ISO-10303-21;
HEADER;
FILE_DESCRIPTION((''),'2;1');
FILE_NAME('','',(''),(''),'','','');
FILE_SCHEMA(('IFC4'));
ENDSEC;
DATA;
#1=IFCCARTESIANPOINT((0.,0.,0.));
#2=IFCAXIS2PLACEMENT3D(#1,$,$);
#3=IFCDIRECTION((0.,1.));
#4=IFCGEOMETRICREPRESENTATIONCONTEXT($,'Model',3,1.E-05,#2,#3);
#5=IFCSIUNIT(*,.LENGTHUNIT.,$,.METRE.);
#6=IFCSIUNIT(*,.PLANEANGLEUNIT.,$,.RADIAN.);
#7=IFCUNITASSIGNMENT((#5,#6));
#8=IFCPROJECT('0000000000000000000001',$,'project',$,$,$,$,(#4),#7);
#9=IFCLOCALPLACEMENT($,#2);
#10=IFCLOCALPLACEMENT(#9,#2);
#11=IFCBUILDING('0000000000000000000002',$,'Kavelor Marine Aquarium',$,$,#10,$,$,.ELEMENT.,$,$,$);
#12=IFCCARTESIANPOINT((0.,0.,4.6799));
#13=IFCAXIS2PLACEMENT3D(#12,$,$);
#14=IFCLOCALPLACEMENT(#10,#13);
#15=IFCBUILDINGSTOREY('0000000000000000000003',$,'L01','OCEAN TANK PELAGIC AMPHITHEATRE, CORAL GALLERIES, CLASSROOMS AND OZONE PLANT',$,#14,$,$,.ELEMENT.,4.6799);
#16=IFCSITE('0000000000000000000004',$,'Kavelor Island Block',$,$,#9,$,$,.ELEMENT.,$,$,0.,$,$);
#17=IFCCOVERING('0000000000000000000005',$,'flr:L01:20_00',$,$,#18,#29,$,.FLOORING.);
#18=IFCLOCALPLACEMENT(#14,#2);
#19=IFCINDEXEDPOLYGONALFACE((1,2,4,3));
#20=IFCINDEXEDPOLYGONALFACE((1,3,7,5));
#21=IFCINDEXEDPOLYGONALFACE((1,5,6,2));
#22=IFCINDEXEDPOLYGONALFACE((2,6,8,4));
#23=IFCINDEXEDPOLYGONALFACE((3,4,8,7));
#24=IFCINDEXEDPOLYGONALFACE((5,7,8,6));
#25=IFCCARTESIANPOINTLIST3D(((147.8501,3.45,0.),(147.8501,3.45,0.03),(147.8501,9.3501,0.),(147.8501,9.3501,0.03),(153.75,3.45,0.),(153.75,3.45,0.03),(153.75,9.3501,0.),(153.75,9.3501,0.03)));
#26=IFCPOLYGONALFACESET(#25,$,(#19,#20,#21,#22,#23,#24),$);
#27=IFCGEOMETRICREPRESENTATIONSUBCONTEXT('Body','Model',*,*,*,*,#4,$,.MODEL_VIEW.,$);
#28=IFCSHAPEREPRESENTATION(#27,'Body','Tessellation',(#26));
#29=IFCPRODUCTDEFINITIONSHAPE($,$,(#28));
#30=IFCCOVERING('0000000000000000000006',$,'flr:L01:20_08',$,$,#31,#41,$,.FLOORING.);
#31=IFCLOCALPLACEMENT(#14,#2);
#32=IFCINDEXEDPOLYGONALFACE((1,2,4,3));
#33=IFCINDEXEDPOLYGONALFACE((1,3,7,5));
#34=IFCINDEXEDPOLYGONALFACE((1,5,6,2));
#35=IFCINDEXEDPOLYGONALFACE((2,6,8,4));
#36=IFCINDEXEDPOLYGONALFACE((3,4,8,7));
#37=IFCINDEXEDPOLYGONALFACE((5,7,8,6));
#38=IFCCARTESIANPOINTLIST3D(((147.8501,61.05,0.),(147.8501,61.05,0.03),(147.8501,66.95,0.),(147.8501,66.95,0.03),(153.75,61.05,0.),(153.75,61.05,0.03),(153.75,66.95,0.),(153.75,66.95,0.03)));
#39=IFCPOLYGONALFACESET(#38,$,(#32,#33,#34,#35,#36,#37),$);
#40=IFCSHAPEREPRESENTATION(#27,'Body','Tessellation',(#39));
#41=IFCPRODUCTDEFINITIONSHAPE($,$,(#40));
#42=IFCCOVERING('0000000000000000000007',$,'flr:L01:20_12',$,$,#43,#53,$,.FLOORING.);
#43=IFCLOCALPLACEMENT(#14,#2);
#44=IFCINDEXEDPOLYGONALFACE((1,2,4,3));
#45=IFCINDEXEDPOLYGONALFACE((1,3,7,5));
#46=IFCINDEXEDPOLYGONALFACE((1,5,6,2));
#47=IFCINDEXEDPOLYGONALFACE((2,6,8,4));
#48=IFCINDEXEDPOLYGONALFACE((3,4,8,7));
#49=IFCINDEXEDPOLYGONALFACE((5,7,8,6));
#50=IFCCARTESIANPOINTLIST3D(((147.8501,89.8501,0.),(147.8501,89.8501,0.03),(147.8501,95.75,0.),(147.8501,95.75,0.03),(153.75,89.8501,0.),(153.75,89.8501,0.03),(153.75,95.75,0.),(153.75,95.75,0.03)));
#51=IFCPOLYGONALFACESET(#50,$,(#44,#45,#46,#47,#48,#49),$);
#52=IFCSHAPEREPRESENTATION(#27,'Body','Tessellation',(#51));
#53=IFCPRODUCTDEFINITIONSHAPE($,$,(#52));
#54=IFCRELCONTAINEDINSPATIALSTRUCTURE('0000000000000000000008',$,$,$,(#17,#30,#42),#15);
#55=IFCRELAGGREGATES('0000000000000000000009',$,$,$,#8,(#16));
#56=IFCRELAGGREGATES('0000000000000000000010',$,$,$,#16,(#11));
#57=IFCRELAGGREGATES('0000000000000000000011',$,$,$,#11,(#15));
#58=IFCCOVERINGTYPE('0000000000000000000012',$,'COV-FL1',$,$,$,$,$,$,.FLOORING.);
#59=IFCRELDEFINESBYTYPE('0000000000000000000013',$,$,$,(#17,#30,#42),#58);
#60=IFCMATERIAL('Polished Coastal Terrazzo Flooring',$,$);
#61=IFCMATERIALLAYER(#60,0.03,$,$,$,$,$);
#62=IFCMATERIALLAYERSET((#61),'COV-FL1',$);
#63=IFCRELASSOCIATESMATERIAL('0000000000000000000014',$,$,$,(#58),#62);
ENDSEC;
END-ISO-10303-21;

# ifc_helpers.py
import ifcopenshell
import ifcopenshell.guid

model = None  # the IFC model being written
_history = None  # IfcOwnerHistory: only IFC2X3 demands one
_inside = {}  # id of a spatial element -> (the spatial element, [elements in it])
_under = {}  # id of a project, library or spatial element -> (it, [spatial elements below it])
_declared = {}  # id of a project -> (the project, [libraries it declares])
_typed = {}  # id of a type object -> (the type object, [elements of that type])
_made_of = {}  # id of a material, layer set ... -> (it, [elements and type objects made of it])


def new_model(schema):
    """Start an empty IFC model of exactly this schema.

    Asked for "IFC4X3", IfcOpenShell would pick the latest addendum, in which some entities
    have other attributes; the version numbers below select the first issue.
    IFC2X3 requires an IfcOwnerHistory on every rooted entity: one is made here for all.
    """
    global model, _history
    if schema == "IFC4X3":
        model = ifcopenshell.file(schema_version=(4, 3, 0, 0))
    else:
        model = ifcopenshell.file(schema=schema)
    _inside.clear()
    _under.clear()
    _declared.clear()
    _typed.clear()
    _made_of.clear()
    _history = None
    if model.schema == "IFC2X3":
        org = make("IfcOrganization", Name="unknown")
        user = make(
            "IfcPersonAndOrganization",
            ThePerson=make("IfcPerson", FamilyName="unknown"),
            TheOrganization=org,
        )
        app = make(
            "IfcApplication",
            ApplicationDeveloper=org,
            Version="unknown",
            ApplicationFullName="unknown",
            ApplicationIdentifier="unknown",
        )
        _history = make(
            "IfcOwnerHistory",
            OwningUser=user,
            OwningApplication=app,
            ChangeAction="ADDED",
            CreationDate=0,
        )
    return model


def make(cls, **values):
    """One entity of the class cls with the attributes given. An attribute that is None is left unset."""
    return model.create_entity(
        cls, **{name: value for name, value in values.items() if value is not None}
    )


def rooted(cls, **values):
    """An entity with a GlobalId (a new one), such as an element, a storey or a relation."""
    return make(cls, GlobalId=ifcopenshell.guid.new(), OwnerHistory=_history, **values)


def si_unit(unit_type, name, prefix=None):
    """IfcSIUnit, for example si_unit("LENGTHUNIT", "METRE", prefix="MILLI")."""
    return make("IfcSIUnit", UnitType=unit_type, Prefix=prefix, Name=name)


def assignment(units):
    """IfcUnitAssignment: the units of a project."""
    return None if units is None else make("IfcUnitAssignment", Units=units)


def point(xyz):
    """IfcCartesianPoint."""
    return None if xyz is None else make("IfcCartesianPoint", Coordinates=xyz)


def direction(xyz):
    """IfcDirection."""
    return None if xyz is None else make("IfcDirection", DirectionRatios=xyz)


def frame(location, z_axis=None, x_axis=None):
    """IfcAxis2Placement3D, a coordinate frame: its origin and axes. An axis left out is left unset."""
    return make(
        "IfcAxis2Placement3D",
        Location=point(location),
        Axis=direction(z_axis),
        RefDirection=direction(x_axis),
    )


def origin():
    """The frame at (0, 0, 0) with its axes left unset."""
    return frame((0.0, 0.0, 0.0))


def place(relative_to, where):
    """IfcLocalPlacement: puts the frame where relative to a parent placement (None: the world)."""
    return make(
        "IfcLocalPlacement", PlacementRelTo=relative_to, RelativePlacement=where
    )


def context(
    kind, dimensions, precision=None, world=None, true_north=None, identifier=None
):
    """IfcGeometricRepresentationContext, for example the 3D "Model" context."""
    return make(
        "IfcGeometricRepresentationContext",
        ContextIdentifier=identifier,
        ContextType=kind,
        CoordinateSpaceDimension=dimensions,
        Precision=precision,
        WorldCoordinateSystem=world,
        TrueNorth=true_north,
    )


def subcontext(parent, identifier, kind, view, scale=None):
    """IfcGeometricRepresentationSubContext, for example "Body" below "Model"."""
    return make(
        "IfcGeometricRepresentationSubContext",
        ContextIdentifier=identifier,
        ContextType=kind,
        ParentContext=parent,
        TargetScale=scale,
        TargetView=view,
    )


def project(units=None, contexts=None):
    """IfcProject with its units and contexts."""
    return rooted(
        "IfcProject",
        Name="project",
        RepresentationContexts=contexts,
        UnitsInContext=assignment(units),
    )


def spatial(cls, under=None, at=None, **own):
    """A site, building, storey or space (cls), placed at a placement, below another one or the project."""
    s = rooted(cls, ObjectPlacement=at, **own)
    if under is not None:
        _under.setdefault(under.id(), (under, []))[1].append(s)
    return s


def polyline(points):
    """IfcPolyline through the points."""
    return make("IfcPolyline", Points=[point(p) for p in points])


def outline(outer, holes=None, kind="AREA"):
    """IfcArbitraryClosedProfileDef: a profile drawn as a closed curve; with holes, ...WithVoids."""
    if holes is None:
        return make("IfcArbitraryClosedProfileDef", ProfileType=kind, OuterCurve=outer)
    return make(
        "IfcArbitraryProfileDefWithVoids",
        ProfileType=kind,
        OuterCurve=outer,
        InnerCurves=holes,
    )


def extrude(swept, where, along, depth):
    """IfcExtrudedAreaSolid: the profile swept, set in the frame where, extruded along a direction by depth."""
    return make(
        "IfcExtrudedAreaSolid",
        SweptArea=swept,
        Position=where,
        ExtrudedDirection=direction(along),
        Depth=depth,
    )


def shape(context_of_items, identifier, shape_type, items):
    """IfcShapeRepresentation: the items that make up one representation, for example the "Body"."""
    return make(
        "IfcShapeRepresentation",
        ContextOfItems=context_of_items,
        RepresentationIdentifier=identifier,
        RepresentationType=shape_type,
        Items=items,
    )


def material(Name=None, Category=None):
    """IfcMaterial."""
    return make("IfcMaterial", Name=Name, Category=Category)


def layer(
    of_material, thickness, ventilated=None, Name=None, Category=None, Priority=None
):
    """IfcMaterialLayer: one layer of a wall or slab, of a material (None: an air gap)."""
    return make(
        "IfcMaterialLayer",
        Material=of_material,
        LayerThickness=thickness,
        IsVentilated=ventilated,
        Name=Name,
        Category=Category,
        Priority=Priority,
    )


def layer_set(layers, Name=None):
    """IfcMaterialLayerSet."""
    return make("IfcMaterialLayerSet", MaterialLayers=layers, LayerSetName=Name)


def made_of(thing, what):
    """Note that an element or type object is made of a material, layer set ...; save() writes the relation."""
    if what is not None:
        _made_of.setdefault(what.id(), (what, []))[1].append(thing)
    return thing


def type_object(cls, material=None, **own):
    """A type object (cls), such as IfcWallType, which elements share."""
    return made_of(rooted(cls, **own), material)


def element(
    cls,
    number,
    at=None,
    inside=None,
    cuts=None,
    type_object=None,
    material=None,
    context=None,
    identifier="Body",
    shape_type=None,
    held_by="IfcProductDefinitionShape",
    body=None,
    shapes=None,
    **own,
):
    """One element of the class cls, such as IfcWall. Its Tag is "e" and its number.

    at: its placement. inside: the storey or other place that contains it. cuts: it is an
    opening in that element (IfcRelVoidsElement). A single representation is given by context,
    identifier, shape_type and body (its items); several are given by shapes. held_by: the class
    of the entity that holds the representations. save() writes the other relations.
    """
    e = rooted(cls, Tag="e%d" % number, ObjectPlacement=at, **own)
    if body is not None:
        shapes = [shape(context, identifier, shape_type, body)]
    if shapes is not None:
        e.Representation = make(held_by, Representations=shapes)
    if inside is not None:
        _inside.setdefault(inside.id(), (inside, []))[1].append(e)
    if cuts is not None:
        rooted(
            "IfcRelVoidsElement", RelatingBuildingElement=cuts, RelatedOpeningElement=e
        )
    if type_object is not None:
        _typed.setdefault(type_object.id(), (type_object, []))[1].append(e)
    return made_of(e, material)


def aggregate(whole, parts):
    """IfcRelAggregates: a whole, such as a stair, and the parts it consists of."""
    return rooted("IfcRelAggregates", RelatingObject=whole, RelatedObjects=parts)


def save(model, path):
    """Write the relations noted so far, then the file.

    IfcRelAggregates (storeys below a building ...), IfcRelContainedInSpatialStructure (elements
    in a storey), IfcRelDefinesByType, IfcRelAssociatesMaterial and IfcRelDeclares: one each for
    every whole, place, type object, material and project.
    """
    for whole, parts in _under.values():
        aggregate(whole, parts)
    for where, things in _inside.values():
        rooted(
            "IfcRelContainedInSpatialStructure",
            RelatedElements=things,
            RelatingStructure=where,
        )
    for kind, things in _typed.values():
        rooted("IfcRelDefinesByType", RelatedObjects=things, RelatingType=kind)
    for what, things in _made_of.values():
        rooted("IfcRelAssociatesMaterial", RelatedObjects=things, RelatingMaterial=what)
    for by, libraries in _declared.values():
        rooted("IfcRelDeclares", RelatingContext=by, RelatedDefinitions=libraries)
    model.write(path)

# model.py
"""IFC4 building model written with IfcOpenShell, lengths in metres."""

from ifc_helpers import new_model, si_unit, direction, frame, origin, place, context, subcontext, project, spatial, polyline, outline, extrude, material, layer, layer_set, type_object, element, save


model = new_model("IFC4")

# Units and contexts
model_context = context("Model", 3, precision=1e-05, world=origin(), true_north=direction((0.0, 1.0)))
body_context = subcontext(model_context, "Body", "Model", "MODEL_VIEW")
ifc_project = project(units=[si_unit("LENGTHUNIT", "METRE"), si_unit("PLANEANGLEUNIT", "RADIAN")], contexts=[model_context])

# Site, building, storey
site_placement = place(None, origin())
site = spatial("IfcSite", under=ifc_project, at=site_placement, Name="Kavelor Island Block", CompositionType="ELEMENT", RefElevation=0.0)
building_placement = place(site_placement, origin())
building = spatial("IfcBuilding", under=site, at=building_placement, Name="Kavelor Marine Aquarium", CompositionType="ELEMENT")
storey_placement = place(building_placement, frame((0.0, 0.0, 4.6799)))
storey = spatial("IfcBuildingStorey", under=building, at=storey_placement, Name="L01", Description="OCEAN TANK PELAGIC AMPHITHEATRE, CORAL GALLERIES, CLASSROOMS AND OZONE PLANT", CompositionType="ELEMENT", Elevation=4.6799)

# Coverings
ifc_material_1 = material(Name="Polished Coastal Terrazzo Flooring")
ifc_layer_1 = layer(ifc_material_1, 0.03)
ifc_layer_set_1 = layer_set([ifc_layer_1], Name="COV-FL1")
covering_type_1 = type_object("IfcCoveringType", Name="COV-FL1", PredefinedType="FLOORING", material=ifc_layer_set_1)
covering_1_placement = place(storey_placement, origin())
element("IfcCovering", 1, at=covering_1_placement, inside=storey, type_object=covering_type_1, Name="flr:L01:20_00", PredefinedType="FLOORING", context=body_context, shape_type="SweptSolid", body=[
    extrude(outline(polyline([(147.8501, 3.45), (153.75, 3.45), (153.75, 9.3501), (147.8501, 9.3501), (147.8501, 3.45)])), origin(), (0.0, 0.0, 1.0), 0.03),
])
covering_2_placement = place(storey_placement, origin())
element("IfcCovering", 2, at=covering_2_placement, inside=storey, type_object=covering_type_1, Name="flr:L01:20_08", PredefinedType="FLOORING", context=body_context, shape_type="SweptSolid", body=[
    extrude(outline(polyline([(147.8501, 61.05), (153.75, 61.05), (153.75, 66.95), (147.8501, 66.95), (147.8501, 61.05)])), origin(), (0.0, 0.0, 1.0), 0.03),
])
covering_3_placement = place(storey_placement, origin())
element("IfcCovering", 3, at=covering_3_placement, inside=storey, type_object=covering_type_1, Name="flr:L01:20_12", PredefinedType="FLOORING", context=body_context, shape_type="SweptSolid", body=[
    extrude(outline(polyline([(147.8501, 89.8501), (153.75, 89.8501), (153.75, 95.75), (147.8501, 95.75), (147.8501, 89.8501)])), origin(), (0.0, 0.0, 1.0), 0.03),
])

save(model, "model.ifc")
